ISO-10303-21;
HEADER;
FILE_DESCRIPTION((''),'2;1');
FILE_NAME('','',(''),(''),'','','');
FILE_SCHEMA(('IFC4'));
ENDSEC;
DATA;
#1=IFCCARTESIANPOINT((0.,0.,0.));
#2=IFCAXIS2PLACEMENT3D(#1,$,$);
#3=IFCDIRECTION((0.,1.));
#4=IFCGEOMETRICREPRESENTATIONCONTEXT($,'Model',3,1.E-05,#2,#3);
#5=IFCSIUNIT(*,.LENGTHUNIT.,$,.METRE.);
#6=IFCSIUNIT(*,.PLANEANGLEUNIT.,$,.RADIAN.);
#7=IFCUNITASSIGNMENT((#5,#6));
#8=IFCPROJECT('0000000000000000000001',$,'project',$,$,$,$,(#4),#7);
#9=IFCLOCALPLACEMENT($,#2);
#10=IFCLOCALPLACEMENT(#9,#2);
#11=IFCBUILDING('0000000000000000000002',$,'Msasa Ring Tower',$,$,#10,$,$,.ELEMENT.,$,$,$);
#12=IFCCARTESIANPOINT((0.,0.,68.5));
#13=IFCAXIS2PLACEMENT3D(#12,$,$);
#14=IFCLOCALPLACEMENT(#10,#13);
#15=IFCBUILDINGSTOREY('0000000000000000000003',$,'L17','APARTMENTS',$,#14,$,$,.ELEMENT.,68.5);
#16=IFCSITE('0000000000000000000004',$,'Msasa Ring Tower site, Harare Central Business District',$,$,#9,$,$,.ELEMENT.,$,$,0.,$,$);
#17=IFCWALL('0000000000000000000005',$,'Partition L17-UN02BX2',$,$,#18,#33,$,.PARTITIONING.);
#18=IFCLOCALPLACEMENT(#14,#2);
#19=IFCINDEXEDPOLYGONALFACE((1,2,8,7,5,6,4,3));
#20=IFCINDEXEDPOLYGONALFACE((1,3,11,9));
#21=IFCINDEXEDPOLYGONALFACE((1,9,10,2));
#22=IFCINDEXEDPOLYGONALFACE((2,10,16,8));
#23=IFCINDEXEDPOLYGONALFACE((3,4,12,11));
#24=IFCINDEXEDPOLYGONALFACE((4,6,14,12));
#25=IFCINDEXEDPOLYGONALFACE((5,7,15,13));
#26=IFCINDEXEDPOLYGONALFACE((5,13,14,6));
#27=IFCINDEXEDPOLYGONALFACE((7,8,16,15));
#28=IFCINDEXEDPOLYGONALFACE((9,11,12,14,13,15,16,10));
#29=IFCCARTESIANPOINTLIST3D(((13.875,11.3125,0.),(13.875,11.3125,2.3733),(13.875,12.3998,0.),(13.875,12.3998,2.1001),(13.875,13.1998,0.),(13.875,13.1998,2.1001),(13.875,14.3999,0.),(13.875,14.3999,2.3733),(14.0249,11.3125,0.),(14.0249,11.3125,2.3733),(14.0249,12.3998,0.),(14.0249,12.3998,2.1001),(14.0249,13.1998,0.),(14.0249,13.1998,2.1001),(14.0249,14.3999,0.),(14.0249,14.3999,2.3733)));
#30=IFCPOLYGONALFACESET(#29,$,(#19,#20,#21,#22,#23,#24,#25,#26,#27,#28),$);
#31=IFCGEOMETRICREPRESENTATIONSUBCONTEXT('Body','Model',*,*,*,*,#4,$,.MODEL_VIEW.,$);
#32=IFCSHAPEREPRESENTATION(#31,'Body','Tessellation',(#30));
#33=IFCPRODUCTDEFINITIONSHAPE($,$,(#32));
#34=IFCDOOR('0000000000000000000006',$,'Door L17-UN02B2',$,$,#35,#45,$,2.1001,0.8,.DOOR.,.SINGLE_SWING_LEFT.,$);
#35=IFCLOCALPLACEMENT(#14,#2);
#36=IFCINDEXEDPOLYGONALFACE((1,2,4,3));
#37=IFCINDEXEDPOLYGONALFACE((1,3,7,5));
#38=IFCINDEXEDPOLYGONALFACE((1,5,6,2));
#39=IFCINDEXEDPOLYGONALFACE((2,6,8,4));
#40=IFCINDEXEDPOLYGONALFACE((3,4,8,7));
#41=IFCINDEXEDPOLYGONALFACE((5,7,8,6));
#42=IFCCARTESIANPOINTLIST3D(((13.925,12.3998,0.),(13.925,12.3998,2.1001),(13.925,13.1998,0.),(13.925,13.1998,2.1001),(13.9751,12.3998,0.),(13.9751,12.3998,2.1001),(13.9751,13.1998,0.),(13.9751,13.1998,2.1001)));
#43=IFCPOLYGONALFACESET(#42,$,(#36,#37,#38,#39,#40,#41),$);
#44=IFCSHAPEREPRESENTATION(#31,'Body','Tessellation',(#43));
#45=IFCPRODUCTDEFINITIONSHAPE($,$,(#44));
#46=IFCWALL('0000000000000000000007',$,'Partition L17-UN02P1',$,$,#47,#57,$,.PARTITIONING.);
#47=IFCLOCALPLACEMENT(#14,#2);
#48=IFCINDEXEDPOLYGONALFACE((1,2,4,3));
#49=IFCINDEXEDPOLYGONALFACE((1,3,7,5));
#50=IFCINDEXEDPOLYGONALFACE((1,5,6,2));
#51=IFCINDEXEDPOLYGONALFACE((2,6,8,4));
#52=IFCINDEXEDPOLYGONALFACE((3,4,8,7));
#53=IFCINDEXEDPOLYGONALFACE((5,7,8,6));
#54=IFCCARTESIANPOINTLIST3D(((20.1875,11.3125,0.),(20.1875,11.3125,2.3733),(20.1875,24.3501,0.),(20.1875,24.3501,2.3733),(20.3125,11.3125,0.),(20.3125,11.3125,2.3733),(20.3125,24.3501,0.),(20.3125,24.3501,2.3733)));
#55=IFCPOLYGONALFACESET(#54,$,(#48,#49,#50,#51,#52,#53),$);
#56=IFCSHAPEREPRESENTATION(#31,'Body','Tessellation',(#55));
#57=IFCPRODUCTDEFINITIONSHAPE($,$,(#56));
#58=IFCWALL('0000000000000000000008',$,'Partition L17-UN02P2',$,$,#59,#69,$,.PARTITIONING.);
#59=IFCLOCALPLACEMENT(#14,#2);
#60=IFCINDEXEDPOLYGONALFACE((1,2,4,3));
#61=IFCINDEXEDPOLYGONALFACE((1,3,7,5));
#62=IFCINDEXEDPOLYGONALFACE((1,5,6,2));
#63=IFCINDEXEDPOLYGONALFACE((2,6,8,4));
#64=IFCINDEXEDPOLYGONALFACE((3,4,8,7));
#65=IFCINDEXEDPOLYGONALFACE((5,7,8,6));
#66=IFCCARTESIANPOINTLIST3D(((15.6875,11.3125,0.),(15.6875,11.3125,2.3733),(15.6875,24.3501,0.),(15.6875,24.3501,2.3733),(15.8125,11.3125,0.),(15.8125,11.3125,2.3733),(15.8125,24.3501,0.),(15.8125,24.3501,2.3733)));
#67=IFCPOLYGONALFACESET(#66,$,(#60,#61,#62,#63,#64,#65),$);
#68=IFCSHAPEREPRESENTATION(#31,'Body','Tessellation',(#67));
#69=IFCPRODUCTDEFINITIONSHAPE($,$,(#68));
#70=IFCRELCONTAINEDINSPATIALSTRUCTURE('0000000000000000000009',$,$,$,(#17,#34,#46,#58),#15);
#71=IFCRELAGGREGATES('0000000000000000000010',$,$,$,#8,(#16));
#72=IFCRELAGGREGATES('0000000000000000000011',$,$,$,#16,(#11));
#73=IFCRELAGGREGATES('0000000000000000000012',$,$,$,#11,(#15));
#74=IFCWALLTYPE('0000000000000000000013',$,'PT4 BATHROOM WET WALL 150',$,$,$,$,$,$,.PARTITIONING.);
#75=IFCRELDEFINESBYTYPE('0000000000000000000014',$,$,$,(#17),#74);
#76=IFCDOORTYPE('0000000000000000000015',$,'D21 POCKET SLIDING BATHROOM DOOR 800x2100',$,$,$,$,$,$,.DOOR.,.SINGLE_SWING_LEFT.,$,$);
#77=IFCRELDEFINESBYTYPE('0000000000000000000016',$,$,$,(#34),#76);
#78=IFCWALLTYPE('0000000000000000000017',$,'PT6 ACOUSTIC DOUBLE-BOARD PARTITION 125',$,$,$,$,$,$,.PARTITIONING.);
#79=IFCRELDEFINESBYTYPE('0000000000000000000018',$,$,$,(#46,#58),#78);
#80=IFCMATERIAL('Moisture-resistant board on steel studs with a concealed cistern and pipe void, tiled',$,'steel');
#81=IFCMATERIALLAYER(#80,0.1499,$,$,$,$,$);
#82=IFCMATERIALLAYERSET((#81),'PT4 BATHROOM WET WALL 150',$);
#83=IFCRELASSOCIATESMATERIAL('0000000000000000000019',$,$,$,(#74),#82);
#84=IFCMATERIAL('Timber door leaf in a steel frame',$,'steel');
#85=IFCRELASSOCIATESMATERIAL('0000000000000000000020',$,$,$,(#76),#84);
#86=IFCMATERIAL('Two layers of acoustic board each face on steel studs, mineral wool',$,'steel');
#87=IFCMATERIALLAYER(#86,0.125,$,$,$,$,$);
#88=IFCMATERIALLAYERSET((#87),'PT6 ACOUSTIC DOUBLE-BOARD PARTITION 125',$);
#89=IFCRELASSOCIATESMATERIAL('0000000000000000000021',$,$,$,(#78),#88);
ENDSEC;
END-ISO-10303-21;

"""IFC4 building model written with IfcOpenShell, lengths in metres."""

from ifc_helpers import new_model, si_unit, direction, frame, frame_2d, origin, place, context, subcontext, project, spatial, rectangle, extrude, material, layer, layer_set, type_object, element, fill, save


model = new_model("IFC4")

# Units and contexts
model_context = context("Model", 3, precision=1e-05, world=origin(), true_north=direction((0.0, 1.0)))
body_context = subcontext(model_context, "Body", "Model", "MODEL_VIEW")
ifc_project = project(units=[si_unit("LENGTHUNIT", "METRE"), si_unit("PLANEANGLEUNIT", "RADIAN")], contexts=[model_context])

# Site, building, storey
site_placement = place(None, origin())
site = spatial("IfcSite", under=ifc_project, at=site_placement, Name="Msasa Ring Tower site, Harare Central Business District", CompositionType="ELEMENT", RefElevation=0.0)
building_placement = place(site_placement, origin())
building = spatial("IfcBuilding", under=site, at=building_placement, Name="Msasa Ring Tower", CompositionType="ELEMENT")
storey_placement = place(building_placement, frame((0.0, 0.0, 68.5)))
storey = spatial("IfcBuildingStorey", under=building, at=storey_placement, Name="L17", Description="APARTMENTS", CompositionType="ELEMENT", Elevation=68.5)

# Shared definitions
ifc_material_1 = material(Name="Moisture-resistant board on steel studs with a concealed cistern and pipe void, tiled", Category="steel")
ifc_layer_1 = layer(ifc_material_1, 0.1499)
ifc_layer_set_1 = layer_set([ifc_layer_1], Name="PT4 BATHROOM WET WALL 150")
wall_type_1 = type_object("IfcWallType", Name="PT4 BATHROOM WET WALL 150", PredefinedType="PARTITIONING", material=ifc_layer_set_1)
ifc_material_2 = material(Name="Timber door leaf in a steel frame", Category="steel")
door_type_1 = type_object("IfcDoorType", Name="D21 POCKET SLIDING BATHROOM DOOR 800x2100", OperationType="SINGLE_SWING_LEFT", PredefinedType="DOOR", material=ifc_material_2)

# Wall, opening, door
wall_1_placement = place(storey_placement, frame((13.95, 11.3125, 0.0), z_axis=(0.0, 0.0, 1.0), x_axis=(0.0, 1.0, 0.0)))
wall_1 = element("IfcWall", 1, at=wall_1_placement, inside=storey, type_object=wall_type_1, Name="Partition L17-UN02BX2", PredefinedType="PARTITIONING", context=body_context, shape_type="SweptSolid", body=[
    extrude(rectangle(XDim=3.0874, YDim=0.1499, at=frame_2d((1.5437, 0.0))), origin(), (0.0, 0.0, 1.0), 2.3733),
])
opening_1_placement = place(wall_1_placement, frame((1.0874, 0.0, 0.0)))
opening_1 = element("IfcOpeningElement", 2, at=opening_1_placement, cuts=wall_1, PredefinedType="OPENING", context=body_context, shape_type="SweptSolid", body=[
    extrude(rectangle(XDim=0.8, YDim=2.1001, at=frame_2d((0.3999, 1.05))), frame((0.0, 0.085, 0.0), z_axis=(0.0, -1.0, 0.0), x_axis=(1.0, 0.0, 0.0)), (0.0, 0.0, 1.0), 0.1699),
])
door_1_placement = place(opening_1_placement, origin())
door_1 = element("IfcDoor", 3, at=door_1_placement, inside=storey, type_object=door_type_1, Name="Door L17-UN02B2", OperationType="SINGLE_SWING_LEFT", OverallHeight=2.1001, OverallWidth=0.8, PredefinedType="DOOR", context=body_context, shape_type="SweptSolid", body=[
    extrude(rectangle(XDim=0.8, YDim=2.1001, at=frame_2d((0.3999, 1.05))), frame((0.0, 0.0249, 0.0), z_axis=(0.0, -1.0, 0.0), x_axis=(1.0, 0.0, 0.0)), (0.0, 0.0, 1.0), 0.05),
])
fill(opening_1, door_1)

# Walls
ifc_material_3 = material(Name="Two layers of acoustic board each face on steel studs, mineral wool", Category="steel")
ifc_layer_2 = layer(ifc_material_3, 0.125)
ifc_layer_set_2 = layer_set([ifc_layer_2], Name="PT6 ACOUSTIC DOUBLE-BOARD PARTITION 125")
wall_type_2 = type_object("IfcWallType", Name="PT6 ACOUSTIC DOUBLE-BOARD PARTITION 125", PredefinedType="PARTITIONING", material=ifc_layer_set_2)
for number, where, z_axis, x_axis, name in (
    (4, (20.25, 11.3125, 0.0), (0.0, 0.0, 1.0), (0.0, 1.0, 0.0), "Partition L17-UN02P1"),
    (5, (15.75, 11.3125, 0.0), (0.0, 0.0, 1.0), (0.0, 1.0, 0.0), "Partition L17-UN02P2"),
):
    element("IfcWall", number, at=place(storey_placement, frame(where, z_axis=z_axis, x_axis=x_axis)), inside=storey, type_object=wall_type_2, Name=name, PredefinedType="PARTITIONING", context=body_context, shape_type="SweptSolid", body=[
        extrude(rectangle(XDim=13.0376, YDim=0.125, at=frame_2d((6.5188, 0.0))), origin(), (0.0, 0.0, 1.0), 2.3733),
    ])

save(model, "model.ifc")
